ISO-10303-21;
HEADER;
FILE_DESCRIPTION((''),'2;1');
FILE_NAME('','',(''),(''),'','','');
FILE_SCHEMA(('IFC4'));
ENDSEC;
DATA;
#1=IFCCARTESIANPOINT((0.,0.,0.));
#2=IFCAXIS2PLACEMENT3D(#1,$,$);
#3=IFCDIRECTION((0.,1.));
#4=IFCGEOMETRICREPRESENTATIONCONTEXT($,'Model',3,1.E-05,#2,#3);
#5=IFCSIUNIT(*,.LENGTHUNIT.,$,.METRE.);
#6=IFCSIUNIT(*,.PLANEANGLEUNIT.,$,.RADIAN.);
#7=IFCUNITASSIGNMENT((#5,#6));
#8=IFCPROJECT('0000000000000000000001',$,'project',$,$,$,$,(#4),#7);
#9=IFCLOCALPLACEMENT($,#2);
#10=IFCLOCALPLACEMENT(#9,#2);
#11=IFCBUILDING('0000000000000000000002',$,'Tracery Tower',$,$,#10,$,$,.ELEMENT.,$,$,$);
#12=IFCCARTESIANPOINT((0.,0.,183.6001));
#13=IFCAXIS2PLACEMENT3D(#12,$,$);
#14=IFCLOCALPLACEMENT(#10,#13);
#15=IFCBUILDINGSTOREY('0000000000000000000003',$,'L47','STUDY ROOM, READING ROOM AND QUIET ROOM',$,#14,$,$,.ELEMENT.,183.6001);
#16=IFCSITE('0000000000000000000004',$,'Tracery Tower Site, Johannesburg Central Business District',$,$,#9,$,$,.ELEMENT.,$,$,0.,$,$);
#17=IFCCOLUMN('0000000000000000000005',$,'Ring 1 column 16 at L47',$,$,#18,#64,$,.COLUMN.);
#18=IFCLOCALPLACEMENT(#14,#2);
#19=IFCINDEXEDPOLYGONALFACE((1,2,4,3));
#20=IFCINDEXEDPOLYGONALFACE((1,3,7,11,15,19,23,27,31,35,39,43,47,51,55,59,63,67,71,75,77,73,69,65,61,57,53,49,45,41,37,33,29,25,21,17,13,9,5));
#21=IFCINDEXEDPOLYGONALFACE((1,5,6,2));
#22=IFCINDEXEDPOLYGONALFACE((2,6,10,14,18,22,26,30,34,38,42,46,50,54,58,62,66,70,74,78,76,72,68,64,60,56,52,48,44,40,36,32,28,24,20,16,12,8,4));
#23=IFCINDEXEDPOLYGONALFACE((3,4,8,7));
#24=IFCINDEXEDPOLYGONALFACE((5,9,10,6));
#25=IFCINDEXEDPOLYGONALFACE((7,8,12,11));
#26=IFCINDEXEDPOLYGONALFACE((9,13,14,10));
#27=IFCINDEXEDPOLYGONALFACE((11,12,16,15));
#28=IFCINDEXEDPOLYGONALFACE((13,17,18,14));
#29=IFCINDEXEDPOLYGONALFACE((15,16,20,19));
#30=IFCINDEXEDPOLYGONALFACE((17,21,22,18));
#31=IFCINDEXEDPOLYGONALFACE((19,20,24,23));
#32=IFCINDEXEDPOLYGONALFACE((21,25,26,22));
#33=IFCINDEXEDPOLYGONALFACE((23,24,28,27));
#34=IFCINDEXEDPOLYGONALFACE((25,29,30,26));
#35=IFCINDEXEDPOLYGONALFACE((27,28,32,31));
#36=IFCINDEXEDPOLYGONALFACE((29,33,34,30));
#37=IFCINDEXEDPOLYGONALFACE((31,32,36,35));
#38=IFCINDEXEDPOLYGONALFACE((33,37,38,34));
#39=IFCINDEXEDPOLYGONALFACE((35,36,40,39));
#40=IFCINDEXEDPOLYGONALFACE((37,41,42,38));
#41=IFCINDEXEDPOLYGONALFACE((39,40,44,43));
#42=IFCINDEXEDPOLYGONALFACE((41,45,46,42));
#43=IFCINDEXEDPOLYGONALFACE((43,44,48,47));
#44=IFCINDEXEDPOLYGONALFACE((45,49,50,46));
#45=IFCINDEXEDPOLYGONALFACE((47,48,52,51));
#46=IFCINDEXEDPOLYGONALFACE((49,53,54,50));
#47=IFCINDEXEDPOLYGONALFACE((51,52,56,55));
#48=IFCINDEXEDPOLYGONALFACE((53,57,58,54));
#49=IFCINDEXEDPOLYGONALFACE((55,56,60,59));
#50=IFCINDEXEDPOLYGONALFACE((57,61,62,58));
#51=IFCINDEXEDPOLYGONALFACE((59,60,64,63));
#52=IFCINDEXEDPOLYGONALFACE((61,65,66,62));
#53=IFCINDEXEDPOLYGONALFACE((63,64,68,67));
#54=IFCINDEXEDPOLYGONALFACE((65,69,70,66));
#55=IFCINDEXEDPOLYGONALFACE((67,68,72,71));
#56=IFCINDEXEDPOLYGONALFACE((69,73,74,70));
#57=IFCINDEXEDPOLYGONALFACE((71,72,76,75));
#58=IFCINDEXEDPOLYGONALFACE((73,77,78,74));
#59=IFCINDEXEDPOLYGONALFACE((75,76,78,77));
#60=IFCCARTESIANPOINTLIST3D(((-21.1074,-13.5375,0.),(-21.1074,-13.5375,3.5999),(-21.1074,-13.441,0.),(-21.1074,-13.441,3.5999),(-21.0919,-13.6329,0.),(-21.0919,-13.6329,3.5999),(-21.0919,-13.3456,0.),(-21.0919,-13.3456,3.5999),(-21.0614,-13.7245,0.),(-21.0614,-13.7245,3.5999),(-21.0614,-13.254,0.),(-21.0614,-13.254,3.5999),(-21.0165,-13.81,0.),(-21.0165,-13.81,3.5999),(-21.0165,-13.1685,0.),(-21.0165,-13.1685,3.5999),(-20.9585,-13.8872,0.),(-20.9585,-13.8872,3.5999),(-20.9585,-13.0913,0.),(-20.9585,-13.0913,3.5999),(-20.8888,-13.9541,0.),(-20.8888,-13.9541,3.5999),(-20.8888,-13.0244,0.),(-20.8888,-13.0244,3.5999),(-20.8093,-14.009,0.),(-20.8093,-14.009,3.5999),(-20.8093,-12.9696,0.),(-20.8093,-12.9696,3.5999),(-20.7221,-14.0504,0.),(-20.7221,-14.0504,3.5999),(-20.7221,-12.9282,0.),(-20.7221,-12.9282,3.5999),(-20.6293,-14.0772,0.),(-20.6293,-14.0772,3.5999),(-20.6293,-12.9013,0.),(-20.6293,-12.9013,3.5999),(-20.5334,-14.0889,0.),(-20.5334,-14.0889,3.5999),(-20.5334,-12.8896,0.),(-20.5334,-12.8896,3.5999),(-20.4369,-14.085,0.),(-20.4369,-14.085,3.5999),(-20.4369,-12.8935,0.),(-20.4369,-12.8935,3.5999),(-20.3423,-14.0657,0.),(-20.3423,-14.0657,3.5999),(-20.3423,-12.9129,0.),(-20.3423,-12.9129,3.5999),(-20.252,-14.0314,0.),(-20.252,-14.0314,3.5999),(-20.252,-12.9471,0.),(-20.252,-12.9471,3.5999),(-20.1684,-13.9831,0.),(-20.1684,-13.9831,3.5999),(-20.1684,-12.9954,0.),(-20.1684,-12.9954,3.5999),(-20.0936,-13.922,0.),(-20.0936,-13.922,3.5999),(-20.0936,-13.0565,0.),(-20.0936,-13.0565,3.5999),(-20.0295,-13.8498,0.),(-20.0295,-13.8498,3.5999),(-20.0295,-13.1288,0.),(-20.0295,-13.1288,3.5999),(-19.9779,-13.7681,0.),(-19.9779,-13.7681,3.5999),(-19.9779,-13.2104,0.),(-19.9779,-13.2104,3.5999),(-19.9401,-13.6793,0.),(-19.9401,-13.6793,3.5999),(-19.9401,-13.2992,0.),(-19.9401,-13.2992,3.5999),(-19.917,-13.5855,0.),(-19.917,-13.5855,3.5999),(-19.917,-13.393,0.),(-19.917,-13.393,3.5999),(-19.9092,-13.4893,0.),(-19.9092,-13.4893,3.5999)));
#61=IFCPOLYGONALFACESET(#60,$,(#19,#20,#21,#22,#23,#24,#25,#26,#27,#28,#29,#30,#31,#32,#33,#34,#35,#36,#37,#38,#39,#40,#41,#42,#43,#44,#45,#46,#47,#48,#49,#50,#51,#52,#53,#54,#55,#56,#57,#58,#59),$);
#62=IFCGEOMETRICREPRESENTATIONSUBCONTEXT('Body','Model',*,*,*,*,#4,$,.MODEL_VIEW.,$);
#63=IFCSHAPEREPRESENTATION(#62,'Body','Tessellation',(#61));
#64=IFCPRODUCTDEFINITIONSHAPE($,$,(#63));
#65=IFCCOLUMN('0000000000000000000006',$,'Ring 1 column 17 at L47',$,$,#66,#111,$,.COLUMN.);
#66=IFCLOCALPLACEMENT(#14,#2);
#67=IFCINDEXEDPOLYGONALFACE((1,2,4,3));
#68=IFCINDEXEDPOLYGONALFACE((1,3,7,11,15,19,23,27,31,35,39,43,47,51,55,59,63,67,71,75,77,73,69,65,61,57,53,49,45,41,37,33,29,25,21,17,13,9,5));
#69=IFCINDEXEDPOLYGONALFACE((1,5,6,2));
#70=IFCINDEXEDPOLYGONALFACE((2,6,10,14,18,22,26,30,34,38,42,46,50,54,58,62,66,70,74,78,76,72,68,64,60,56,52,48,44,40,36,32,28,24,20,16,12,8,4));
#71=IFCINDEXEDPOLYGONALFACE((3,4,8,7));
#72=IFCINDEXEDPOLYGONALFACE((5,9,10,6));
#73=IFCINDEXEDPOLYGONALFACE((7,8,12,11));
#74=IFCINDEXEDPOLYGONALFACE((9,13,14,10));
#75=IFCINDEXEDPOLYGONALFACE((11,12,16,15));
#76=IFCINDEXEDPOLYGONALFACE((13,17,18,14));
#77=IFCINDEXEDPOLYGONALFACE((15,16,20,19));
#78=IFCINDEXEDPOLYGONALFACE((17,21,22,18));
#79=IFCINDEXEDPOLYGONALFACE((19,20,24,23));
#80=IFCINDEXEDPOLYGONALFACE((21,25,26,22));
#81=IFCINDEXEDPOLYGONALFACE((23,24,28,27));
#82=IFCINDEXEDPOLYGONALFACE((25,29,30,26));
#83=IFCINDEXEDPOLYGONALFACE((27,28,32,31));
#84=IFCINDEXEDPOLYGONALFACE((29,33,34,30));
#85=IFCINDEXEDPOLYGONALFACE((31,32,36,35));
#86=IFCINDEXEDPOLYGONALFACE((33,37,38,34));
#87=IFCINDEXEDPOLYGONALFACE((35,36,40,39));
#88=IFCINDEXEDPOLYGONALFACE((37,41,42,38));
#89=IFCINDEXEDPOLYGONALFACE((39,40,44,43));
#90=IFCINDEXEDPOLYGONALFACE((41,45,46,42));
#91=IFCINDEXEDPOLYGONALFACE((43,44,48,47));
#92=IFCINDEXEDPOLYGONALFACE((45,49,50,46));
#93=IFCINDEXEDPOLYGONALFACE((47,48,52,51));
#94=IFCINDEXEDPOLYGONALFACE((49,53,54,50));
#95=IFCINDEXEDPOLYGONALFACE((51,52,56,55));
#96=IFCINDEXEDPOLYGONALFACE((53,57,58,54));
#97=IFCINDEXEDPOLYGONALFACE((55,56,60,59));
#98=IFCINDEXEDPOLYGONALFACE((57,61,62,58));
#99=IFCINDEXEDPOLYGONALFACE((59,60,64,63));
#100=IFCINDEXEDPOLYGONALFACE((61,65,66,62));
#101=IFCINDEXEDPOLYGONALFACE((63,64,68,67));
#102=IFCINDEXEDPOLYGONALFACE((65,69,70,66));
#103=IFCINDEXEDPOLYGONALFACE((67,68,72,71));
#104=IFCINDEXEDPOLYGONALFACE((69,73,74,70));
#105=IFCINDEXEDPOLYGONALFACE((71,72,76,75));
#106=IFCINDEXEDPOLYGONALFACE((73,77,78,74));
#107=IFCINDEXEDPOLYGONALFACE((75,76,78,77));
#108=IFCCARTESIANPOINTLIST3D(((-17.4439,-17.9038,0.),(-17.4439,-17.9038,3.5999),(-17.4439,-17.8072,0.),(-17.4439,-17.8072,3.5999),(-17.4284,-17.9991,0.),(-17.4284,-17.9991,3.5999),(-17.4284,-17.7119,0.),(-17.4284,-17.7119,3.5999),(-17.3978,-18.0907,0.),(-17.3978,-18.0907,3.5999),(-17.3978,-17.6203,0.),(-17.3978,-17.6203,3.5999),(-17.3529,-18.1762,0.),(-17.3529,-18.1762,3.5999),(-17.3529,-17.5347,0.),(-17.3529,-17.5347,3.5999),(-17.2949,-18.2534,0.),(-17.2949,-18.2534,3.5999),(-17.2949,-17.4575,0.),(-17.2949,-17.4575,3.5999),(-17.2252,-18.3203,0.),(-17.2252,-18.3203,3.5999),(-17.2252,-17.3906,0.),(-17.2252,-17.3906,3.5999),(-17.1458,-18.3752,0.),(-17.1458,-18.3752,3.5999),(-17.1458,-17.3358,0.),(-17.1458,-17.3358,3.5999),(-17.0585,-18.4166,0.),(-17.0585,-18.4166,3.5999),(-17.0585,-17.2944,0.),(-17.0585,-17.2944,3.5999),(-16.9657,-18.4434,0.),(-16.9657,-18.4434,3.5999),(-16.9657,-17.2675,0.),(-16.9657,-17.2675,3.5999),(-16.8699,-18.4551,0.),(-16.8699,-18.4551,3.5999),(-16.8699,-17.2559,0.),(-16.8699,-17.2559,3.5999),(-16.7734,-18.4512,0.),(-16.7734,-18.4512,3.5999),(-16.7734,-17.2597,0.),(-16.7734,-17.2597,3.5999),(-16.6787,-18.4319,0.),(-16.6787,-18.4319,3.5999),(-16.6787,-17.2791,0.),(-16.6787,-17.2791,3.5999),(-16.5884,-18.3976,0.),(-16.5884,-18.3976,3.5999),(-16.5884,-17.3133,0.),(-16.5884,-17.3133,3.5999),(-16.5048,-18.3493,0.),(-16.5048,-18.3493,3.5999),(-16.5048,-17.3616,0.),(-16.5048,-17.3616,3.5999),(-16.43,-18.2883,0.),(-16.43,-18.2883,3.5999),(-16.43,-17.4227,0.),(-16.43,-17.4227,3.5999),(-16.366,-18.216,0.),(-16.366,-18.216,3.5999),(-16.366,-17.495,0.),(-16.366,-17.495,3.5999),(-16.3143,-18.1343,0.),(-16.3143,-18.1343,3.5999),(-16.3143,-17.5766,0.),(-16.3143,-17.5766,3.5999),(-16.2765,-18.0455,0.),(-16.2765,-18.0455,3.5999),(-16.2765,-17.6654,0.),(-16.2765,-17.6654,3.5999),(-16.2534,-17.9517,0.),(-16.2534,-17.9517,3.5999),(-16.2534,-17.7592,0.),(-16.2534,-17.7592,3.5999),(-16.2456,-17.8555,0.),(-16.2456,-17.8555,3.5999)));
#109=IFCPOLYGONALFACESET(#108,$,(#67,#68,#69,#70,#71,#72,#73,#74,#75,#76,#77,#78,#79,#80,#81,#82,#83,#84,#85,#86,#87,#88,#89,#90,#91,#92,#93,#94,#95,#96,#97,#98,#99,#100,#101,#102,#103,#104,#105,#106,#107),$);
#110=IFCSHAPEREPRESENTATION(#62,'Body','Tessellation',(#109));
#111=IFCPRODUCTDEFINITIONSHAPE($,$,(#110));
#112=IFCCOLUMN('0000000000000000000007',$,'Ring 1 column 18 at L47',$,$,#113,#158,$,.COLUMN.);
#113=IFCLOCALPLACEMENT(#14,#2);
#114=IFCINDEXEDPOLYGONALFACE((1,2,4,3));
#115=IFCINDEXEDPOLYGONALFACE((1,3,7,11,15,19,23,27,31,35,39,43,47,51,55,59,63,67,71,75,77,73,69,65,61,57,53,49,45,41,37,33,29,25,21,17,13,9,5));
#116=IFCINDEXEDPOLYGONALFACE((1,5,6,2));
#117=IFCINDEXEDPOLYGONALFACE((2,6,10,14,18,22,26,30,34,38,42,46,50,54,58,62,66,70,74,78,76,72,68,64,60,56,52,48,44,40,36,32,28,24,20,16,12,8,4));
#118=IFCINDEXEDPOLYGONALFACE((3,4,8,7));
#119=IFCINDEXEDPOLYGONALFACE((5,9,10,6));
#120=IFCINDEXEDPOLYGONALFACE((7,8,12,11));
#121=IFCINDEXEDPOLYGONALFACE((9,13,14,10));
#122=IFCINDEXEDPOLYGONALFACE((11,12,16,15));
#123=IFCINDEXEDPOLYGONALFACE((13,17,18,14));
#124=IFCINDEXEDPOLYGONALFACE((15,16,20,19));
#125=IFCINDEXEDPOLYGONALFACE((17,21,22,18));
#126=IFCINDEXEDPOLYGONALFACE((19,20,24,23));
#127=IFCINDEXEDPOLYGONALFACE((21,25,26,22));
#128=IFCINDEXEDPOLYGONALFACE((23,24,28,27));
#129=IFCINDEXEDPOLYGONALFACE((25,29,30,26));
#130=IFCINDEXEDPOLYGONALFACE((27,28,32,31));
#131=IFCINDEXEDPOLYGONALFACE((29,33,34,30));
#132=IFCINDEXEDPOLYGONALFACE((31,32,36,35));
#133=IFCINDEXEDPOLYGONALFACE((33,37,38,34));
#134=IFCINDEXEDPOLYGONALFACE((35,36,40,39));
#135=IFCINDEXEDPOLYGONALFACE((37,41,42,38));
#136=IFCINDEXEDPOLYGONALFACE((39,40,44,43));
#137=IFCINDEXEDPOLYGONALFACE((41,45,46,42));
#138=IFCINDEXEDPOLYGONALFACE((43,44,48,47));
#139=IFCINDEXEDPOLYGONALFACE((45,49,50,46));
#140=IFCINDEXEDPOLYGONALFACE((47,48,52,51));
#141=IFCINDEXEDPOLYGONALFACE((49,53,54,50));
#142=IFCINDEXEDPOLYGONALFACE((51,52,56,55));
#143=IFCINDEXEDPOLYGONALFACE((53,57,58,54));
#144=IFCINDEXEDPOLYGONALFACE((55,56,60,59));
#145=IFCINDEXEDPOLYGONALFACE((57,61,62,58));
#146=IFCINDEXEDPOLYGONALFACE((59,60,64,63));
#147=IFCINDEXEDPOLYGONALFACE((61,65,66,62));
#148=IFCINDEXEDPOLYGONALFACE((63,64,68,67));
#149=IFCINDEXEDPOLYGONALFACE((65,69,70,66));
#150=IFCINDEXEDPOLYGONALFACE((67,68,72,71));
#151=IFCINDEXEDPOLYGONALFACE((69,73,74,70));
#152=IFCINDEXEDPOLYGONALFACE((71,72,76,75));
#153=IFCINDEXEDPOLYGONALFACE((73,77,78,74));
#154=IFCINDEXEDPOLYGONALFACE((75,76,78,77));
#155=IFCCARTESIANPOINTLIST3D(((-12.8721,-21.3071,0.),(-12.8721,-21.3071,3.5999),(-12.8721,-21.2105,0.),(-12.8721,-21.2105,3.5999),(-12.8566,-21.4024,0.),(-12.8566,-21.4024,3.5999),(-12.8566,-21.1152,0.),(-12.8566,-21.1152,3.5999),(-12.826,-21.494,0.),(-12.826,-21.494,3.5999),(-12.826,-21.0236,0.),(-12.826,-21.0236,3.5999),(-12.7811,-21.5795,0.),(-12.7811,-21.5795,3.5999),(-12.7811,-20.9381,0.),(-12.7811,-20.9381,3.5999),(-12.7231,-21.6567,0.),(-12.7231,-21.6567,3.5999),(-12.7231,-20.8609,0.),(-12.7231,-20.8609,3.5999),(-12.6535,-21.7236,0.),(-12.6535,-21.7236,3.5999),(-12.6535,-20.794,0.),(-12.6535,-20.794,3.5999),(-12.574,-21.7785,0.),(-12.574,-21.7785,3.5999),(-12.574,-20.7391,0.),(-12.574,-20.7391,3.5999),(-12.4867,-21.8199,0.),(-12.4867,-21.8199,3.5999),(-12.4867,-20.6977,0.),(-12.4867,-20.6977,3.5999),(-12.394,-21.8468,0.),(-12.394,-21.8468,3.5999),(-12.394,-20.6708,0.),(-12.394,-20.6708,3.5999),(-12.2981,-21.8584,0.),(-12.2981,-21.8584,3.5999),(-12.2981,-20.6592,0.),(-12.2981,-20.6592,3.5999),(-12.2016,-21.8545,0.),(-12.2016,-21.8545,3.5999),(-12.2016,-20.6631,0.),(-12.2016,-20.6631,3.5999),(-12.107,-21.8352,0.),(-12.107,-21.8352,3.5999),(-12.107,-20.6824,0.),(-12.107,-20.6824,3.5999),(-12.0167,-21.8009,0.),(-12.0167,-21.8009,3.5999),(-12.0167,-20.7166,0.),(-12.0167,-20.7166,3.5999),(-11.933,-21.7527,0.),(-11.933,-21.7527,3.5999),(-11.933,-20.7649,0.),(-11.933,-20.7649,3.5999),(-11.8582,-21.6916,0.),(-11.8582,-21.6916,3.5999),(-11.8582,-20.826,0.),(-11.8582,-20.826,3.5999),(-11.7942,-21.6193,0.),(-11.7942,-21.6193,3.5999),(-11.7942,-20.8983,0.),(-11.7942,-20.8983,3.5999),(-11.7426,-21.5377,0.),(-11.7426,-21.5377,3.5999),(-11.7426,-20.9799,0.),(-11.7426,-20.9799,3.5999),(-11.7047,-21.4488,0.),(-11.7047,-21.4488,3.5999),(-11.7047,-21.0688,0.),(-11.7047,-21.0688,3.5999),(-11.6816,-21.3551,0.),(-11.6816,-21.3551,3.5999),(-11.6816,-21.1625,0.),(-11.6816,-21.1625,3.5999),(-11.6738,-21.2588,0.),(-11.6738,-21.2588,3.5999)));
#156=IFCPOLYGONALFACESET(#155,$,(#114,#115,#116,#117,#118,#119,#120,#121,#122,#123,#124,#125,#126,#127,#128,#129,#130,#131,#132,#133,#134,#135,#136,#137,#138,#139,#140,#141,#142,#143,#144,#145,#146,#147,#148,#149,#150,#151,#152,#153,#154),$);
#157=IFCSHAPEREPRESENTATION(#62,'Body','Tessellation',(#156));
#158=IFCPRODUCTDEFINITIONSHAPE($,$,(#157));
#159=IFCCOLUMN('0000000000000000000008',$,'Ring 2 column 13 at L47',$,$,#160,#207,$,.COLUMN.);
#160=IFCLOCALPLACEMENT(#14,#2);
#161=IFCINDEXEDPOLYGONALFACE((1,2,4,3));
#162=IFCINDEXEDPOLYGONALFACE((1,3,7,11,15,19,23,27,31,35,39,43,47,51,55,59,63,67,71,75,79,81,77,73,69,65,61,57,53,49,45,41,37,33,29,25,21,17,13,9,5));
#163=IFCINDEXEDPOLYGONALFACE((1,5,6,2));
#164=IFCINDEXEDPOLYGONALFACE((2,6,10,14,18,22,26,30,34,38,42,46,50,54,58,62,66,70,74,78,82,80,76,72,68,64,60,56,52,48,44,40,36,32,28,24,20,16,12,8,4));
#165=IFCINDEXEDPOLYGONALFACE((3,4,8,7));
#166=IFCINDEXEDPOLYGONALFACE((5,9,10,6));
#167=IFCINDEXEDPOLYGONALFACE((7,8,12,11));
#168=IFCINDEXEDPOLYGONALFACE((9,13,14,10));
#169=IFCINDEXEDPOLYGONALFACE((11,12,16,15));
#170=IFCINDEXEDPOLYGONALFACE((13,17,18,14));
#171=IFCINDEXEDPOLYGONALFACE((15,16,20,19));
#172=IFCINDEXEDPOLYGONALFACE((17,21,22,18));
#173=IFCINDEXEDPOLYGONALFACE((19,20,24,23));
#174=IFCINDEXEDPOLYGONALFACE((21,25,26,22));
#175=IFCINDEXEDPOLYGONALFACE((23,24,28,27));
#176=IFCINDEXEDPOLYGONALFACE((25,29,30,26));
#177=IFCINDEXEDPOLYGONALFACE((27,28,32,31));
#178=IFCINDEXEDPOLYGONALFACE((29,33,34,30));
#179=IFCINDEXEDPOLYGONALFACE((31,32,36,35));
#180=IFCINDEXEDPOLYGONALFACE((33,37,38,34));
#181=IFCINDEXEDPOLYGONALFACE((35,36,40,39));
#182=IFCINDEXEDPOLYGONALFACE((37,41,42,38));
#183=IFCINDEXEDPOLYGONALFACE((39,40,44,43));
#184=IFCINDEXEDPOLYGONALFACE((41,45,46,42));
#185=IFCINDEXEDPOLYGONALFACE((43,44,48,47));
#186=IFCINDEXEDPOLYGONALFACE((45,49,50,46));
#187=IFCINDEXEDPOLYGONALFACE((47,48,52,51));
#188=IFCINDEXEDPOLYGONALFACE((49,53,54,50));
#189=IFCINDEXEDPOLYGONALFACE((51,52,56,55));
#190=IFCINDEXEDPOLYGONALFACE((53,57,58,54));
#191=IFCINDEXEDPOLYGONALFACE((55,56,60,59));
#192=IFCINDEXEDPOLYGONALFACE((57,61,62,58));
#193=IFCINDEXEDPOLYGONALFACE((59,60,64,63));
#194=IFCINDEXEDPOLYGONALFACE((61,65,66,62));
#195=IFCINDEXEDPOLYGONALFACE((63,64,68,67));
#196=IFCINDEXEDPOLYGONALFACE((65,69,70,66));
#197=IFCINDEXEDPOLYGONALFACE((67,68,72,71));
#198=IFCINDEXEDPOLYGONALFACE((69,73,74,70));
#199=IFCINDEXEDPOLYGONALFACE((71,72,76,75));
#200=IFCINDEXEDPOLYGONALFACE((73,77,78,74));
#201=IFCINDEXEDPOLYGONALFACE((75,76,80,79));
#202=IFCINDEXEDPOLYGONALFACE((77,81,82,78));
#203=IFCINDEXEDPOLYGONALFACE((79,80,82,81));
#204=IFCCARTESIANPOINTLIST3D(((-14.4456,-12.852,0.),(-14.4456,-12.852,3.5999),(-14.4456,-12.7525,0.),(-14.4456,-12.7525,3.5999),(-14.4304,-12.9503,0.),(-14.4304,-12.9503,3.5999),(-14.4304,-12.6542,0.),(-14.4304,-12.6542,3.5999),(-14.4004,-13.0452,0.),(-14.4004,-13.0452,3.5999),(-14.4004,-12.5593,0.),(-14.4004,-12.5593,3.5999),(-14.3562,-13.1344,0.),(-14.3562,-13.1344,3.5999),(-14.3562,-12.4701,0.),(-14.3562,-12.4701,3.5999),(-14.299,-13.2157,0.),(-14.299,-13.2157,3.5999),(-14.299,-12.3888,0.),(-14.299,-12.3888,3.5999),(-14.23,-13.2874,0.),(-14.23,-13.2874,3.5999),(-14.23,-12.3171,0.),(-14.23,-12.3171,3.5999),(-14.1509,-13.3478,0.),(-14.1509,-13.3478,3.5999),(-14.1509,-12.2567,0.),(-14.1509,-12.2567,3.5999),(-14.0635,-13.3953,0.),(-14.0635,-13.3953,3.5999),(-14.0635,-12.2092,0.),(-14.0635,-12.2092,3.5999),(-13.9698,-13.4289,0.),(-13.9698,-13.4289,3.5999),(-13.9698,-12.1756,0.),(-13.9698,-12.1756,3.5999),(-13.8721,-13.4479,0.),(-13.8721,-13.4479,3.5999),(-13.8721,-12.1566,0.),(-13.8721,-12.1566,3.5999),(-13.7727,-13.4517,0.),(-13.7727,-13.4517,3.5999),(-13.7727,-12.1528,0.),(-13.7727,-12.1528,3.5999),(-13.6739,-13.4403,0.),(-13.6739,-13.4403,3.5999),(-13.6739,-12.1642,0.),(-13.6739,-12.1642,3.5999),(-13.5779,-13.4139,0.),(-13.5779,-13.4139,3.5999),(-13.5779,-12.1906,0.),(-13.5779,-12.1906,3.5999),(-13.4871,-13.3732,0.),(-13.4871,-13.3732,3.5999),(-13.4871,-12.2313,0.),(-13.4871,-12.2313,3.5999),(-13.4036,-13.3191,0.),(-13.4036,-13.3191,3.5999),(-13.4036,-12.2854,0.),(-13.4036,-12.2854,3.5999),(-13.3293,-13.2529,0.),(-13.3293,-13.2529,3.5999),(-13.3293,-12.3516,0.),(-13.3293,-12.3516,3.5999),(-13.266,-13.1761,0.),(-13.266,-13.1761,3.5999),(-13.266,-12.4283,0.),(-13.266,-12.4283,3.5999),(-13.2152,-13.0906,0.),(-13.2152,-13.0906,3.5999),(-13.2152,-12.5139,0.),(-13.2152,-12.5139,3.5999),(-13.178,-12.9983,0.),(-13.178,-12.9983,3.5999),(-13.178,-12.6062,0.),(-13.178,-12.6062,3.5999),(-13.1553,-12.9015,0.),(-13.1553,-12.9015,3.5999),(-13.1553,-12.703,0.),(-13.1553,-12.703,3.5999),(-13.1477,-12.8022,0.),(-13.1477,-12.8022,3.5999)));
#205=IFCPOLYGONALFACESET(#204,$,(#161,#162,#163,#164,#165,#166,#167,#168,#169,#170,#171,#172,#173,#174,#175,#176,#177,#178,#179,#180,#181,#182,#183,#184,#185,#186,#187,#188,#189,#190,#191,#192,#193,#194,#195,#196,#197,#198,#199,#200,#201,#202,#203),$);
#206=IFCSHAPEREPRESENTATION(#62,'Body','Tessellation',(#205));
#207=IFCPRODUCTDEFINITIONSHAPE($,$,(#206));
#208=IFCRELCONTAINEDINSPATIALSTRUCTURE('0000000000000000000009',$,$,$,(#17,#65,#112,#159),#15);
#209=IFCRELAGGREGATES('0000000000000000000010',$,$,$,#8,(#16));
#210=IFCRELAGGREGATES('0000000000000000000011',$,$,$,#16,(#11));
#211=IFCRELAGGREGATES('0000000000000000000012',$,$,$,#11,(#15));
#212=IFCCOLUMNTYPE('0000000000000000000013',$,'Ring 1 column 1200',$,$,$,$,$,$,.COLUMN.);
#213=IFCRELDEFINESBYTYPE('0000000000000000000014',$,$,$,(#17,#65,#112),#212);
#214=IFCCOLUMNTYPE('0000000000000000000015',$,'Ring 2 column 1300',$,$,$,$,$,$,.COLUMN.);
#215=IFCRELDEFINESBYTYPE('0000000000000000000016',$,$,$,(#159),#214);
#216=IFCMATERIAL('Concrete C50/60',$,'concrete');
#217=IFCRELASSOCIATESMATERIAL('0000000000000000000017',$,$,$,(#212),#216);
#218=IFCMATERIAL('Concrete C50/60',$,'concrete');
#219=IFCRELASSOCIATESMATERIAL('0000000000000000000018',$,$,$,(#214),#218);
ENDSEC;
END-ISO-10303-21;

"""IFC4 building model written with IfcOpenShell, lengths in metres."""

from ifc_helpers import new_model, si_unit, direction, frame, origin, origin_2d, place, context, subcontext, project, spatial, circle, extrude, material, material_profile, profile_set, type_object, element, save


model = new_model("IFC4")

# Units and contexts
model_context = context("Model", 3, precision=1e-05, world=origin(), true_north=direction((0.0, 1.0)))
body_context = subcontext(model_context, "Body", "Model", "MODEL_VIEW")
ifc_project = project(units=[si_unit("LENGTHUNIT", "METRE"), si_unit("PLANEANGLEUNIT", "RADIAN")], contexts=[model_context])

# Site, building, storey
site_placement = place(None, origin())
site = spatial("IfcSite", under=ifc_project, at=site_placement, Name="Tracery Tower Site, Johannesburg Central Business District", CompositionType="ELEMENT", RefElevation=0.0)
building_placement = place(site_placement, origin())
building = spatial("IfcBuilding", under=site, at=building_placement, Name="Tracery Tower", CompositionType="ELEMENT")
storey_placement = place(building_placement, frame((0.0, 0.0, 183.6001)))
storey = spatial("IfcBuildingStorey", under=building, at=storey_placement, Name="L47", Description="STUDY ROOM, READING ROOM AND QUIET ROOM", CompositionType="ELEMENT", Elevation=183.6001)

# Columns
ifc_material_1 = material(Name="Concrete C50/60", Category="concrete")
ifc_material_profile_1 = material_profile(ifc_material_1, circle(Radius=0.6001, at=origin_2d()), Name="RC D1200")
ifc_profile_set_1 = profile_set([ifc_material_profile_1], Name="Concrete C50/60")
column_type_1 = type_object("IfcColumnType", Name="Ring 1 column 1200", PredefinedType="COLUMN", material=ifc_profile_set_1)
for number, where, z_axis, x_axis, name in (
    (1, (-20.5093, -13.4893, 0.0), (0.0, 0.0, 1.0), (1.0, 0.0, 0.0), "Ring 1 column 16 at L47"),
    (2, (-16.8457, -17.8555, 0.0), (0.0, 0.0, 1.0), (1.0, 0.0, 0.0), "Ring 1 column 17 at L47"),
    (3, (-12.2739, -21.2588, 0.0), (0.0, 0.0, 1.0), (1.0, 0.0, 0.0), "Ring 1 column 18 at L47"),
):
    element("IfcColumn", number, at=place(storey_placement, frame(where, z_axis=z_axis, x_axis=x_axis)), inside=storey, type_object=column_type_1, Name=name, PredefinedType="COLUMN", context=body_context, shape_type="SweptSolid", body=[
        extrude(circle(Radius=0.6001, at=origin_2d()), origin(), (0.0, 0.0, 1.0), 3.5999),
    ])
ifc_material_2 = material(Name="Concrete C50/60", Category="concrete")
ifc_material_profile_2 = material_profile(ifc_material_2, circle(Radius=0.6499, at=origin_2d()), Name="RC D1300")
ifc_profile_set_2 = profile_set([ifc_material_profile_2], Name="Concrete C50/60")
column_type_2 = type_object("IfcColumnType", Name="Ring 2 column 1300", PredefinedType="COLUMN", material=ifc_profile_set_2)
column_placement = place(storey_placement, frame((-13.7976, -12.8022, 0.0), z_axis=(0.0, 0.0, 1.0), x_axis=(1.0, 0.0, 0.0)))
element("IfcColumn", 4, at=column_placement, inside=storey, type_object=column_type_2, Name="Ring 2 column 13 at L47", PredefinedType="COLUMN", context=body_context, shape_type="SweptSolid", body=[
    extrude(circle(Radius=0.6499, at=origin_2d()), origin(), (0.0, 0.0, 1.0), 3.5999),
])

save(model, "model.ifc")
